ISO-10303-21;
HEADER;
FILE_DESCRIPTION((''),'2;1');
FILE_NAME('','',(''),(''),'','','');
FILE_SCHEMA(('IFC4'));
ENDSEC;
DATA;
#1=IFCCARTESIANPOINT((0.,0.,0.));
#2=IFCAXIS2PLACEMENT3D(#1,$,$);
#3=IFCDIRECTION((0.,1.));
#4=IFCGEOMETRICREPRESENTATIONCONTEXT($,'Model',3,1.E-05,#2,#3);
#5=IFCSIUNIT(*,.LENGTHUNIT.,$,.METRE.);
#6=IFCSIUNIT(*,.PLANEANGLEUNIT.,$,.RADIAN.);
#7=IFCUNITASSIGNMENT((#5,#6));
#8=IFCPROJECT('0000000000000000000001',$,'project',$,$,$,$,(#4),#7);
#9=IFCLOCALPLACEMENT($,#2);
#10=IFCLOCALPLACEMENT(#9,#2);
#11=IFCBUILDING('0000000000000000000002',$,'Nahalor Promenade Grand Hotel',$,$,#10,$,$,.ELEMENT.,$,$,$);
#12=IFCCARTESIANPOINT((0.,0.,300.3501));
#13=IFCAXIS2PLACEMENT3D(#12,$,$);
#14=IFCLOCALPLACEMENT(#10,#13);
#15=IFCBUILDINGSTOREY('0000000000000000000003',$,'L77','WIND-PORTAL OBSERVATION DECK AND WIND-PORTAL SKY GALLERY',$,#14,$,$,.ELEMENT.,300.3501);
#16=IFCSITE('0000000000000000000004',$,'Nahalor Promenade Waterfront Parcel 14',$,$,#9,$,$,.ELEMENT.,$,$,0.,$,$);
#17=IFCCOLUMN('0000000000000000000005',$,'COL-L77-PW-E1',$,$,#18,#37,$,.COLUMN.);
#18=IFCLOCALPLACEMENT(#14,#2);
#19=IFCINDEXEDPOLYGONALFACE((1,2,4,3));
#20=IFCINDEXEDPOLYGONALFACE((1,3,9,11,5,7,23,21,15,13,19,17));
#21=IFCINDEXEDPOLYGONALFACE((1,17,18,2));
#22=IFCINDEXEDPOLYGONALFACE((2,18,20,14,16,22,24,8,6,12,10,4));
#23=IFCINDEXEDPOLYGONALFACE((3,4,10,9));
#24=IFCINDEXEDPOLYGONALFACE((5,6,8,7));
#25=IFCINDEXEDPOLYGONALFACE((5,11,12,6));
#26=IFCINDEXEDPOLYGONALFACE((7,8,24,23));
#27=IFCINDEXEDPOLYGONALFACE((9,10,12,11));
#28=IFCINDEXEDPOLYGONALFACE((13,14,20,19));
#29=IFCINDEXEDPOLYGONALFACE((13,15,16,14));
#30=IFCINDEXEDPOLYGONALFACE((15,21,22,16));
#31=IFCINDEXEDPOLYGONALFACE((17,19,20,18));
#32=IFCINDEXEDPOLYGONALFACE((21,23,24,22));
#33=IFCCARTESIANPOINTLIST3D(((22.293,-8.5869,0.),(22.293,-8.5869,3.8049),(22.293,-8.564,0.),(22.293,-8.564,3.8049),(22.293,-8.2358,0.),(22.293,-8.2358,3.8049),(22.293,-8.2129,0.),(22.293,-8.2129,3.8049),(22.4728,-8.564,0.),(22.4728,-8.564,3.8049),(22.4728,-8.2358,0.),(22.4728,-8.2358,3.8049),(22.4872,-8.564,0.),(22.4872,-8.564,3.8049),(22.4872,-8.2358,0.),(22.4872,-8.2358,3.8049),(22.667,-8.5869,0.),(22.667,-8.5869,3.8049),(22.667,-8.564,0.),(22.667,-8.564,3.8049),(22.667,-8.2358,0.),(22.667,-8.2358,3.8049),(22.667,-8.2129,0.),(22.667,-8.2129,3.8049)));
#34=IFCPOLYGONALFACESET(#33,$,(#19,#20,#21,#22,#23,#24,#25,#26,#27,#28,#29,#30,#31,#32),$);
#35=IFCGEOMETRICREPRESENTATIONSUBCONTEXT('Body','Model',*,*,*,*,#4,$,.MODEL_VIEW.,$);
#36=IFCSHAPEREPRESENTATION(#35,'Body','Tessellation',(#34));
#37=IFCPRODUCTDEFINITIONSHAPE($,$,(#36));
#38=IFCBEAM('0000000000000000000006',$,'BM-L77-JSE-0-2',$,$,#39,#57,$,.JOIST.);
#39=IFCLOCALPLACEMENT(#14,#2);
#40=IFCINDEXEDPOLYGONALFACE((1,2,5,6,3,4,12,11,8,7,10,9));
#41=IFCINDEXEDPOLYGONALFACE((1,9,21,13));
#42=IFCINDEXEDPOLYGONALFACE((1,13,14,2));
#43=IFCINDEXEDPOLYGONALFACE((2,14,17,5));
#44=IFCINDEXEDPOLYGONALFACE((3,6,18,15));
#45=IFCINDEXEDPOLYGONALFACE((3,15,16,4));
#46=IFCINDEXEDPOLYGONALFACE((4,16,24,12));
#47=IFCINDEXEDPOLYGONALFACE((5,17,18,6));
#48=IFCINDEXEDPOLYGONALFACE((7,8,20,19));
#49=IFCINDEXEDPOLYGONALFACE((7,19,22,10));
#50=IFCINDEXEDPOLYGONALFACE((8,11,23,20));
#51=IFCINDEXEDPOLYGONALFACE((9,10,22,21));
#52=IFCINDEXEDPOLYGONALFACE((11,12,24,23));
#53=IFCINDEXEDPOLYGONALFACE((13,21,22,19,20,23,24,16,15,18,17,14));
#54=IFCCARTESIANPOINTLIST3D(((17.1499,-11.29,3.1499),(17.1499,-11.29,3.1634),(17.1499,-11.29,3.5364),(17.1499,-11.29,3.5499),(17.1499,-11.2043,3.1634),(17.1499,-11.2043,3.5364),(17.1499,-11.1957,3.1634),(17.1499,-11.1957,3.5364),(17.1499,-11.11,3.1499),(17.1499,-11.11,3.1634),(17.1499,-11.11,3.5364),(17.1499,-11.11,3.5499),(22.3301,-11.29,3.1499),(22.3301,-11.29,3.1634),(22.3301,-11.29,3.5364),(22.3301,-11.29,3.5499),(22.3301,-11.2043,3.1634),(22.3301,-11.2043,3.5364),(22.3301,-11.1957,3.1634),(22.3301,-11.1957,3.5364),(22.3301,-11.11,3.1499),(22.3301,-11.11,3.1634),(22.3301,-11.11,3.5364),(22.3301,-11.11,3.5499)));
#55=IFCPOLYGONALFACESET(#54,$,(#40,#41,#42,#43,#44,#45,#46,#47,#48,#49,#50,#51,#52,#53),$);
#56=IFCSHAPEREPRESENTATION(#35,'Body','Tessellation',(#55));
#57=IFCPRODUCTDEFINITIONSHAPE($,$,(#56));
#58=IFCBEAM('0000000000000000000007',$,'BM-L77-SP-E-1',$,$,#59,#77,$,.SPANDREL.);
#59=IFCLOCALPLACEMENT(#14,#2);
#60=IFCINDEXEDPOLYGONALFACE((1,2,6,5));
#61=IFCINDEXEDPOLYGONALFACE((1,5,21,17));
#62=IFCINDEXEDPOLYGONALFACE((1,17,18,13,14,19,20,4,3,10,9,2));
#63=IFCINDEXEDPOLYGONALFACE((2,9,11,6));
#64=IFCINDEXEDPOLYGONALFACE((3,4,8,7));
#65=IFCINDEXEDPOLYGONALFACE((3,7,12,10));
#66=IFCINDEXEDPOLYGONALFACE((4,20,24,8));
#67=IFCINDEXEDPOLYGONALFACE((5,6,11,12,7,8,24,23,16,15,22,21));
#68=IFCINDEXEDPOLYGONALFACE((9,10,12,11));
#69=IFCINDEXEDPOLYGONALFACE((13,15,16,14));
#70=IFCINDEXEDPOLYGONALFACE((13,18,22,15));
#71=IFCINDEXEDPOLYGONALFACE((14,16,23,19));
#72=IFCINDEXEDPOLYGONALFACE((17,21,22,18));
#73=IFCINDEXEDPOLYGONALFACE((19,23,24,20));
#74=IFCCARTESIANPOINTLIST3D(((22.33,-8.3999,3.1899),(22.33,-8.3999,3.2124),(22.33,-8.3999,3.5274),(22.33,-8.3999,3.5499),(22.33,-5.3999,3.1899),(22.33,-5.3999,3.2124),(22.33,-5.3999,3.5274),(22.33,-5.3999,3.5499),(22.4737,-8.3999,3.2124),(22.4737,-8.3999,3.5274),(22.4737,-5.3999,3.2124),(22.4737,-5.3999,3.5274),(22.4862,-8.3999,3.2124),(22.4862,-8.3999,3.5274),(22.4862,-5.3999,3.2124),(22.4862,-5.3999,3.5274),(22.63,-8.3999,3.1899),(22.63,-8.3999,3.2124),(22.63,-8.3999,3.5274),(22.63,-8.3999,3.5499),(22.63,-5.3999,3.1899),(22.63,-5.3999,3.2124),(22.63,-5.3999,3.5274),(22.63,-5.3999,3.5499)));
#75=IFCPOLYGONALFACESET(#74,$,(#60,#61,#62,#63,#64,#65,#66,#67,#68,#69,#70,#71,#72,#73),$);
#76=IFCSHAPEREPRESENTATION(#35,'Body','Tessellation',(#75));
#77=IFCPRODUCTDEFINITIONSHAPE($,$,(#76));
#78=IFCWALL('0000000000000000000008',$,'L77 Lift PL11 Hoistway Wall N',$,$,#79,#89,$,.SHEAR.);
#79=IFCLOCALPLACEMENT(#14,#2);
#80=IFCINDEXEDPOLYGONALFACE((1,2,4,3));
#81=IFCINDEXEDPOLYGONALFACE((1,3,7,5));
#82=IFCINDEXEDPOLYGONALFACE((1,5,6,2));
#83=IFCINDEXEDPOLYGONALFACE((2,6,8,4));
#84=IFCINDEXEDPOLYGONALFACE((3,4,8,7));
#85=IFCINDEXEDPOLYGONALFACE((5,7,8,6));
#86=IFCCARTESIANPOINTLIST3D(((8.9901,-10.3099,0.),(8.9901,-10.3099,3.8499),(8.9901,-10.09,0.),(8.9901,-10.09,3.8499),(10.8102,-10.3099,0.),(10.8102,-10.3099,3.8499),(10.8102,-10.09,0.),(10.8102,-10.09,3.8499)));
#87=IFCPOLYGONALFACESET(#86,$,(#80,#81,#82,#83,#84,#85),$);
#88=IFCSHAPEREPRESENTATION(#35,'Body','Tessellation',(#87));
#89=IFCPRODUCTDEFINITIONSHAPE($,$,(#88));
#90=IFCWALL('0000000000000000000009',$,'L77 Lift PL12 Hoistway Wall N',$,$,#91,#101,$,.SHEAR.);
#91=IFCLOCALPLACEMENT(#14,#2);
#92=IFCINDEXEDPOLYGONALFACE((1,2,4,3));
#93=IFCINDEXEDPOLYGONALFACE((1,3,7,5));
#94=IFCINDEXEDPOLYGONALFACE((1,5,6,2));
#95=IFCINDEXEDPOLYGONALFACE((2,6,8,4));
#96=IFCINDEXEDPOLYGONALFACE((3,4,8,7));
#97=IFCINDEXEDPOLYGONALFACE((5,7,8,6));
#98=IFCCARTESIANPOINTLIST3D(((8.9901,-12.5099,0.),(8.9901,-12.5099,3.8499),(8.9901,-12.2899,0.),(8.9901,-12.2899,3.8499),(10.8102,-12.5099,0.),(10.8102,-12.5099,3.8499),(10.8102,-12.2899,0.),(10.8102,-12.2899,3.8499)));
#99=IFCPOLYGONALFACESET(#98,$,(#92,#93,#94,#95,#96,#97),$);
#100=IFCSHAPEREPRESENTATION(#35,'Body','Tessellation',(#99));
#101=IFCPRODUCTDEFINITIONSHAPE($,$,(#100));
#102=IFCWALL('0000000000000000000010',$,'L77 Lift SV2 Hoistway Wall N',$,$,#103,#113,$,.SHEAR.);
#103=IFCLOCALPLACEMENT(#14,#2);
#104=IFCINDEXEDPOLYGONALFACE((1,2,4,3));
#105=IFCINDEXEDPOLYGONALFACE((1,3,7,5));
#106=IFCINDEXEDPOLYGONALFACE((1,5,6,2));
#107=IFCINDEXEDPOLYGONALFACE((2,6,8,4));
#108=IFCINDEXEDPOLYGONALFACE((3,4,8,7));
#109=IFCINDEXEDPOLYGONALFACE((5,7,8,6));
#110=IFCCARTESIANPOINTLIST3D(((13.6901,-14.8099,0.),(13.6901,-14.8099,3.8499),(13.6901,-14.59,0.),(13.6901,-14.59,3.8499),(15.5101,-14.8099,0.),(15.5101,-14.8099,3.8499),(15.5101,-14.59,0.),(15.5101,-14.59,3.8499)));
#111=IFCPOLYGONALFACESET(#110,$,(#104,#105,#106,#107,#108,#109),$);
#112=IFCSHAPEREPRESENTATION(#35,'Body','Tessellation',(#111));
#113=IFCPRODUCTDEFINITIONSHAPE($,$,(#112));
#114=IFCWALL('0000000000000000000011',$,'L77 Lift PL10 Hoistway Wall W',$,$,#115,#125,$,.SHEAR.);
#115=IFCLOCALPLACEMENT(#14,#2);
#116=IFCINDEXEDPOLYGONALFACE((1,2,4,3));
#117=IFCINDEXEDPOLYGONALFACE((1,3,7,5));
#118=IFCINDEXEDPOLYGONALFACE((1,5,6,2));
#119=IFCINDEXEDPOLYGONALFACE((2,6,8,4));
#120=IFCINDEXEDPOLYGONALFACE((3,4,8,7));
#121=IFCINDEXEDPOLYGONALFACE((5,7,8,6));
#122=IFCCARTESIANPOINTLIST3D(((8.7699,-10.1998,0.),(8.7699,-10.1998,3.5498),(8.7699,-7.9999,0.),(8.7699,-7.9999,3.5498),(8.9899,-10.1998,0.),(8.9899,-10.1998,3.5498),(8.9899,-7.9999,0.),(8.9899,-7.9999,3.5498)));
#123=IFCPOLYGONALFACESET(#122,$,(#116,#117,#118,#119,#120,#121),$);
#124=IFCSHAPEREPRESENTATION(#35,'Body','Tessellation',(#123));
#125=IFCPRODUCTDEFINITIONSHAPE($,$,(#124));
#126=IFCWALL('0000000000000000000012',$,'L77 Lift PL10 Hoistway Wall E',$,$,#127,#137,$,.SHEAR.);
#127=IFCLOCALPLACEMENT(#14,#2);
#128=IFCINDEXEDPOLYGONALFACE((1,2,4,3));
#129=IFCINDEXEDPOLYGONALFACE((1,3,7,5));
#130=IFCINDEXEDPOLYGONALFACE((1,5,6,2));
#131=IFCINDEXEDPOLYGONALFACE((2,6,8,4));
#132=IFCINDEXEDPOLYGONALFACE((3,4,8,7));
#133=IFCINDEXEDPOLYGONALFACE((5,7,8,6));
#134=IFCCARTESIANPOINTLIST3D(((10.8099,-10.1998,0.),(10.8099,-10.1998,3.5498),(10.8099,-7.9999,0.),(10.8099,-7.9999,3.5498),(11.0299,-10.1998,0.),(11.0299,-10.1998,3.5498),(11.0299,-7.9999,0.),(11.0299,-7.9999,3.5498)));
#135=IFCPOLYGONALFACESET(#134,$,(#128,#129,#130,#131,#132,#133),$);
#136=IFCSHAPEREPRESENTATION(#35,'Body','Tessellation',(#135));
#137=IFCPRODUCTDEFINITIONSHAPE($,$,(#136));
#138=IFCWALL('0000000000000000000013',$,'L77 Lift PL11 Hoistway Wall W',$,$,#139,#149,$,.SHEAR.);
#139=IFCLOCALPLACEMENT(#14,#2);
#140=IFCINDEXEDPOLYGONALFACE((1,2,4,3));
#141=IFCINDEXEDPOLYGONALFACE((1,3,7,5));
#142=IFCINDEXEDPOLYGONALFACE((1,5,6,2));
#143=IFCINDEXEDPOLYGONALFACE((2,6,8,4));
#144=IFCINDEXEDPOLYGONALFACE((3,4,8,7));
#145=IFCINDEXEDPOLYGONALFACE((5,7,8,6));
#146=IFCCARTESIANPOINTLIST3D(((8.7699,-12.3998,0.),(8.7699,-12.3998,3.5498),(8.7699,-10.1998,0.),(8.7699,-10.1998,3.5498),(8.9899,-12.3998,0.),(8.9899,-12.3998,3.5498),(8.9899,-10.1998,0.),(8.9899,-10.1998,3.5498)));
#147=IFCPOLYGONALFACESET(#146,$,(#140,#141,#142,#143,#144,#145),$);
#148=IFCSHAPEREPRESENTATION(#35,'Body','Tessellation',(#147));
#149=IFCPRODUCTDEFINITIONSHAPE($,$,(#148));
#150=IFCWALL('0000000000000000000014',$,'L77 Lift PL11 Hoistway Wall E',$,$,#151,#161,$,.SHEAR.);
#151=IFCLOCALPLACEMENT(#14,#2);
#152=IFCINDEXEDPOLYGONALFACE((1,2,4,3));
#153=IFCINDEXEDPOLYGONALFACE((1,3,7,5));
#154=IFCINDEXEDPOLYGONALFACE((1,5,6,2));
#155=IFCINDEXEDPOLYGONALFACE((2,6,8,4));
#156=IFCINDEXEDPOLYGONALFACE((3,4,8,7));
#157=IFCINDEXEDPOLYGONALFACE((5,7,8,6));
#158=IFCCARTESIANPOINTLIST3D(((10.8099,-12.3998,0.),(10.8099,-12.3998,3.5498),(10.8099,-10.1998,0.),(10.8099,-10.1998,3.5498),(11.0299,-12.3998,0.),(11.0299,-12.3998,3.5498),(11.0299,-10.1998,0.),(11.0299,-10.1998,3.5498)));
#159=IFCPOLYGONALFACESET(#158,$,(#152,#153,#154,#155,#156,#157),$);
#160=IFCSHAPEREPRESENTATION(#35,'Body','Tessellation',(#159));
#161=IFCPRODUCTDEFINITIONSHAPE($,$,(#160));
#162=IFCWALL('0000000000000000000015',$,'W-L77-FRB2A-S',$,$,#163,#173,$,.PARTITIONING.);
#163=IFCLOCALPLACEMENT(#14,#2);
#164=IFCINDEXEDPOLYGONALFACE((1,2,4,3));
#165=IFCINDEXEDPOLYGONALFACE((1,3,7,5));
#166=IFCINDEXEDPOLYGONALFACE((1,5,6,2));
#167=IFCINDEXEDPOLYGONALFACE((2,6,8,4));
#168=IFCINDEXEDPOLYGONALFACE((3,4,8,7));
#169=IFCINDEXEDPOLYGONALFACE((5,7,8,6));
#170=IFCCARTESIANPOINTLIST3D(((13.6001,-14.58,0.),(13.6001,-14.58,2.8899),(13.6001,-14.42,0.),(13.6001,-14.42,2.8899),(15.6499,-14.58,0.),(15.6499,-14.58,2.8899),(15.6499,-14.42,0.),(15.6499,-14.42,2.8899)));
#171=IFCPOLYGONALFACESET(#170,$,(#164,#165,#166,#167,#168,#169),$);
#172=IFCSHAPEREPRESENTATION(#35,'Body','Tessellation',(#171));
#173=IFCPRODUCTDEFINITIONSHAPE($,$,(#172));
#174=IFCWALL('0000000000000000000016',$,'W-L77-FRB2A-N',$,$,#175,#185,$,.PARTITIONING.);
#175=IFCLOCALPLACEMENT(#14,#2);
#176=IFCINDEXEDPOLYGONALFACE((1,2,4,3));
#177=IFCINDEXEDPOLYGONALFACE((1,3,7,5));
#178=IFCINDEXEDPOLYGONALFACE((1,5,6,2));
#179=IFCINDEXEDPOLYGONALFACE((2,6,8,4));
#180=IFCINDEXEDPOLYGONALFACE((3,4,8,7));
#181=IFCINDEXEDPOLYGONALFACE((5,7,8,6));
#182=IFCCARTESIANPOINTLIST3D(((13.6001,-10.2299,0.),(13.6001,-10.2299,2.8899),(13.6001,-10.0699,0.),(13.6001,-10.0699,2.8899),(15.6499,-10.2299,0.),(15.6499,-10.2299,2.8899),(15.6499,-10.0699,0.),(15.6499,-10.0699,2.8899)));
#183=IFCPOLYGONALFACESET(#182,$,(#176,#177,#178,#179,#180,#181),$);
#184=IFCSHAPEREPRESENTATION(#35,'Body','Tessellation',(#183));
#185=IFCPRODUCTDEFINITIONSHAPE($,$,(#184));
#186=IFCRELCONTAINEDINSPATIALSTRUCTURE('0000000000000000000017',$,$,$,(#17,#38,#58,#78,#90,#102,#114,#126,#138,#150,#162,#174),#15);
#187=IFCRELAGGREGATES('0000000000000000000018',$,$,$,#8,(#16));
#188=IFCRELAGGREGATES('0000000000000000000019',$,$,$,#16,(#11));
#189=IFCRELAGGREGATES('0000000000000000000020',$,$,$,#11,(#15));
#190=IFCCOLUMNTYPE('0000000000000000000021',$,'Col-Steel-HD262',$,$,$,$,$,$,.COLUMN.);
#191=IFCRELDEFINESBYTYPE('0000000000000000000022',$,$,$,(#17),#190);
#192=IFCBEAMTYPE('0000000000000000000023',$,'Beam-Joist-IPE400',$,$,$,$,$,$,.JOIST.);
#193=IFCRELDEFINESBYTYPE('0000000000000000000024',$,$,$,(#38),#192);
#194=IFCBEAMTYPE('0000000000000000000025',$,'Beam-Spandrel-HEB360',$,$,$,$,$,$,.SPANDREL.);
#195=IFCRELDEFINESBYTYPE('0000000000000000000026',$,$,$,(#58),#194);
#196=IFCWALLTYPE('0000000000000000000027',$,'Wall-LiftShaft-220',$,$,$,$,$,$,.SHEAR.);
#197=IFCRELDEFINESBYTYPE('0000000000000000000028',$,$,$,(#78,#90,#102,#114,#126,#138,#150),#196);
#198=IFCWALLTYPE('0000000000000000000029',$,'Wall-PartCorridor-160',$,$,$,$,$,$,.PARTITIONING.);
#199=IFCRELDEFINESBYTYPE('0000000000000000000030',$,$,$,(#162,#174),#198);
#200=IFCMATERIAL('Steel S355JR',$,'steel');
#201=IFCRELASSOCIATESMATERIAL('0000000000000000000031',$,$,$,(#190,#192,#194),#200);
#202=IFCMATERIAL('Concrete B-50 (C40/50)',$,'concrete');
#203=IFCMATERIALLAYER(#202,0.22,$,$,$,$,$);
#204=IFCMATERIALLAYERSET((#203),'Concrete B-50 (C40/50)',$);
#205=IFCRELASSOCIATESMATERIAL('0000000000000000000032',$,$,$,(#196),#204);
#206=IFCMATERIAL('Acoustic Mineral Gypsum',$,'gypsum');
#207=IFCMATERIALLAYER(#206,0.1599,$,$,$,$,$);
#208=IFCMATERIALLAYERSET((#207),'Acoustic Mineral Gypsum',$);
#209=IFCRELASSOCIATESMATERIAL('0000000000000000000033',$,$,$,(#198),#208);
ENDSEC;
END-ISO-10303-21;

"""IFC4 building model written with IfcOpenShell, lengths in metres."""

from ifc_helpers import new_model, si_unit, direction, frame, frame_2d, origin, origin_2d, place, context, subcontext, project, spatial, rectangle, i_section, extrude, source, transform, mapped, material, layer, layer_set, material_profile, profile_set, type_object, element, save


model = new_model("IFC4")

# Units and contexts
model_context = context("Model", 3, precision=1e-05, world=origin(), true_north=direction((0.0, 1.0)))
body_context = subcontext(model_context, "Body", "Model", "MODEL_VIEW")
ifc_project = project(units=[si_unit("LENGTHUNIT", "METRE"), si_unit("PLANEANGLEUNIT", "RADIAN")], contexts=[model_context])

# Site, building, storey
site_placement = place(None, origin())
site = spatial("IfcSite", under=ifc_project, at=site_placement, Name="Nahalor Promenade Waterfront Parcel 14", CompositionType="ELEMENT", RefElevation=0.0)
building_placement = place(site_placement, origin())
building = spatial("IfcBuilding", under=site, at=building_placement, Name="Nahalor Promenade Grand Hotel", CompositionType="ELEMENT")
storey_placement = place(building_placement, frame((0.0, 0.0, 300.3501)))
storey = spatial("IfcBuildingStorey", under=building, at=storey_placement, Name="L77", Description="WIND-PORTAL OBSERVATION DECK AND WIND-PORTAL SKY GALLERY", CompositionType="ELEMENT", Elevation=300.3501)

# Column
ifc_material_1 = material(Name="Steel S355JR", Category="steel")
ifc_material_profile_1 = material_profile(ifc_material_1, i_section(OverallWidth=0.374, OverallDepth=0.374, WebThickness=0.0144, FlangeThickness=0.0229, at=origin_2d()), Name="HD 360x262")
ifc_profile_set_1 = profile_set([ifc_material_profile_1], Name="Steel S355JR")
column_type = type_object("IfcColumnType", Name="Col-Steel-HD262", PredefinedType="COLUMN", material=ifc_profile_set_1)
shared_shape_1 = source(origin(), body_context, "Body", "SweptSolid", [
    extrude(i_section(OverallWidth=0.374, OverallDepth=0.374, WebThickness=0.0144, FlangeThickness=0.0229, at=origin_2d()), origin(), (0.0, 0.0, 1.0), 3.8049),
])
column_placement = place(storey_placement, frame((22.48, -8.3999, 0.0), z_axis=(0.0, 0.0, 1.0), x_axis=(1.0, 0.0, 0.0)))
element("IfcColumn", 1, at=column_placement, inside=storey, type_object=column_type, Name="COL-L77-PW-E1", PredefinedType="COLUMN", context=body_context, shape_type="MappedRepresentation", body=[
    mapped(shared_shape_1, transform((0.0, 0.0, 0.0), scale=1.0)),
])

# Beams
ifc_material_profile_2 = material_profile(ifc_material_1, i_section(OverallWidth=0.18, OverallDepth=0.4, WebThickness=0.0086, FlangeThickness=0.0135, at=origin_2d()), Name="IPE 400")
ifc_profile_set_2 = profile_set([ifc_material_profile_2], Name="Steel S355JR")
beam_type_1 = type_object("IfcBeamType", Name="Beam-Joist-IPE400", PredefinedType="JOIST", material=ifc_profile_set_2)
shared_shape_2 = source(origin(), body_context, "Body", "SweptSolid", [
    extrude(i_section(OverallWidth=0.18, OverallDepth=0.4, WebThickness=0.0086, FlangeThickness=0.0135, at=origin_2d()), origin(), (0.0, 0.0, 1.0), 5.1802),
])
beam_1_placement = place(storey_placement, frame((17.1499, -11.2, 3.3499), z_axis=(1.0, 0.0, 0.0), x_axis=(0.0, 1.0, 0.0)))
element("IfcBeam", 2, at=beam_1_placement, inside=storey, type_object=beam_type_1, Name="BM-L77-JSE-0-2", PredefinedType="JOIST", context=body_context, shape_type="MappedRepresentation", body=[
    mapped(shared_shape_2, transform((0.0, 0.0, 0.0), scale=1.0)),
])
ifc_material_profile_3 = material_profile(ifc_material_1, i_section(OverallWidth=0.3, OverallDepth=0.36, WebThickness=0.0125, FlangeThickness=0.0225, at=origin_2d()), Name="HEB 360")
ifc_profile_set_3 = profile_set([ifc_material_profile_3], Name="Steel S355JR")
beam_type_2 = type_object("IfcBeamType", Name="Beam-Spandrel-HEB360", PredefinedType="SPANDREL", material=ifc_profile_set_3)
shared_shape_3 = source(origin(), body_context, "Body", "SweptSolid", [
    extrude(i_section(OverallWidth=0.3, OverallDepth=0.36, WebThickness=0.0125, FlangeThickness=0.0225, at=origin_2d()), origin(), (0.0, 0.0, 1.0), 3.0),
])
beam_2_placement = place(storey_placement, frame((22.48, -8.3999, 3.3699), z_axis=(0.0, 1.0, 0.0), x_axis=(-1.0, 0.0, 0.0)))
element("IfcBeam", 3, at=beam_2_placement, inside=storey, type_object=beam_type_2, Name="BM-L77-SP-E-1", PredefinedType="SPANDREL", context=body_context, shape_type="MappedRepresentation", body=[
    mapped(shared_shape_3, transform((0.0, 0.0, 0.0), scale=1.0)),
])

# Walls
ifc_material_2 = material(Name="Concrete B-50 (C40/50)", Category="concrete")
ifc_layer_1 = layer(ifc_material_2, 0.22)
ifc_layer_set_1 = layer_set([ifc_layer_1], Name="Concrete B-50 (C40/50)")
wall_type_1 = type_object("IfcWallType", Name="Wall-LiftShaft-220", PredefinedType="SHEAR", material=ifc_layer_set_1)
shared_shape_4 = source(origin(), body_context, "Body", "SweptSolid", [
    extrude(rectangle(XDim=1.8201, YDim=0.22, at=frame_2d((0.9102, 0.0))), origin(), (0.0, 0.0, 1.0), 3.8499),
])
for number, where, z_axis, x_axis, name in (
    (4, (8.99, -10.2, 0.0), (0.0, 0.0, 1.0), (1.0, 0.0, 0.0), "L77 Lift PL11 Hoistway Wall N"),
    (5, (8.99, -12.3999, 0.0), (0.0, 0.0, 1.0), (1.0, 0.0, 0.0), "L77 Lift PL12 Hoistway Wall N"),
    (6, (13.6899, -14.7, 0.0), (0.0, 0.0, 1.0), (1.0, 0.0, 0.0), "L77 Lift SV2 Hoistway Wall N"),
):
    element("IfcWall", number, at=place(storey_placement, frame(where, z_axis=z_axis, x_axis=x_axis)), inside=storey, type_object=wall_type_1, Name=name, PredefinedType="SHEAR", context=body_context, shape_type="MappedRepresentation", body=[
        mapped(shared_shape_4, transform((0.0, 0.0, 0.0), scale=1.0)),
    ])
shared_shape_5 = source(origin(), body_context, "Body", "SweptSolid", [
    extrude(rectangle(XDim=2.2, YDim=0.22, at=frame_2d((1.1001, 0.0))), origin(), (0.0, 0.0, 1.0), 3.5498),
])
for number, where, z_axis, x_axis, name in (
    (7, (8.8799, -10.2, 0.0), (0.0, 0.0, 1.0), (0.0, 1.0, 0.0), "L77 Lift PL10 Hoistway Wall W"),
    (8, (10.9199, -10.2, 0.0), (0.0, 0.0, 1.0), (0.0, 1.0, 0.0), "L77 Lift PL10 Hoistway Wall E"),
    (9, (8.8799, -12.3999, 0.0), (0.0, 0.0, 1.0), (0.0, 1.0, 0.0), "L77 Lift PL11 Hoistway Wall W"),
    (10, (10.9199, -12.3999, 0.0), (0.0, 0.0, 1.0), (0.0, 1.0, 0.0), "L77 Lift PL11 Hoistway Wall E"),
):
    element("IfcWall", number, at=place(storey_placement, frame(where, z_axis=z_axis, x_axis=x_axis)), inside=storey, type_object=wall_type_1, Name=name, PredefinedType="SHEAR", context=body_context, shape_type="MappedRepresentation", body=[
        mapped(shared_shape_5, transform((0.0, 0.0, 0.0), scale=1.0)),
    ])

# Walls
ifc_material_3 = material(Name="Acoustic Mineral Gypsum", Category="gypsum")
ifc_layer_2 = layer(ifc_material_3, 0.1599)
ifc_layer_set_2 = layer_set([ifc_layer_2], Name="Acoustic Mineral Gypsum")
wall_type_2 = type_object("IfcWallType", Name="Wall-PartCorridor-160", PredefinedType="PARTITIONING", material=ifc_layer_set_2)
shared_shape_6 = source(origin(), body_context, "Body", "SweptSolid", [
    extrude(rectangle(XDim=2.0498, YDim=0.1599, at=frame_2d((1.0249, 0.0))), origin(), (0.0, 0.0, 1.0), 2.8899),
])
for number, where, z_axis, x_axis, name in (
    (11, (13.6001, -14.5, 0.0), (0.0, 0.0, 1.0), (1.0, 0.0, 0.0), "W-L77-FRB2A-S"),
    (12, (13.6001, -10.1499, 0.0), (0.0, 0.0, 1.0), (1.0, 0.0, 0.0), "W-L77-FRB2A-N"),
):
    element("IfcWall", number, at=place(storey_placement, frame(where, z_axis=z_axis, x_axis=x_axis)), inside=storey, type_object=wall_type_2, Name=name, PredefinedType="PARTITIONING", context=body_context, shape_type="MappedRepresentation", body=[
        mapped(shared_shape_6, transform((0.0, 0.0, 0.0), scale=1.0)),
    ])

save(model, "model.ifc")
